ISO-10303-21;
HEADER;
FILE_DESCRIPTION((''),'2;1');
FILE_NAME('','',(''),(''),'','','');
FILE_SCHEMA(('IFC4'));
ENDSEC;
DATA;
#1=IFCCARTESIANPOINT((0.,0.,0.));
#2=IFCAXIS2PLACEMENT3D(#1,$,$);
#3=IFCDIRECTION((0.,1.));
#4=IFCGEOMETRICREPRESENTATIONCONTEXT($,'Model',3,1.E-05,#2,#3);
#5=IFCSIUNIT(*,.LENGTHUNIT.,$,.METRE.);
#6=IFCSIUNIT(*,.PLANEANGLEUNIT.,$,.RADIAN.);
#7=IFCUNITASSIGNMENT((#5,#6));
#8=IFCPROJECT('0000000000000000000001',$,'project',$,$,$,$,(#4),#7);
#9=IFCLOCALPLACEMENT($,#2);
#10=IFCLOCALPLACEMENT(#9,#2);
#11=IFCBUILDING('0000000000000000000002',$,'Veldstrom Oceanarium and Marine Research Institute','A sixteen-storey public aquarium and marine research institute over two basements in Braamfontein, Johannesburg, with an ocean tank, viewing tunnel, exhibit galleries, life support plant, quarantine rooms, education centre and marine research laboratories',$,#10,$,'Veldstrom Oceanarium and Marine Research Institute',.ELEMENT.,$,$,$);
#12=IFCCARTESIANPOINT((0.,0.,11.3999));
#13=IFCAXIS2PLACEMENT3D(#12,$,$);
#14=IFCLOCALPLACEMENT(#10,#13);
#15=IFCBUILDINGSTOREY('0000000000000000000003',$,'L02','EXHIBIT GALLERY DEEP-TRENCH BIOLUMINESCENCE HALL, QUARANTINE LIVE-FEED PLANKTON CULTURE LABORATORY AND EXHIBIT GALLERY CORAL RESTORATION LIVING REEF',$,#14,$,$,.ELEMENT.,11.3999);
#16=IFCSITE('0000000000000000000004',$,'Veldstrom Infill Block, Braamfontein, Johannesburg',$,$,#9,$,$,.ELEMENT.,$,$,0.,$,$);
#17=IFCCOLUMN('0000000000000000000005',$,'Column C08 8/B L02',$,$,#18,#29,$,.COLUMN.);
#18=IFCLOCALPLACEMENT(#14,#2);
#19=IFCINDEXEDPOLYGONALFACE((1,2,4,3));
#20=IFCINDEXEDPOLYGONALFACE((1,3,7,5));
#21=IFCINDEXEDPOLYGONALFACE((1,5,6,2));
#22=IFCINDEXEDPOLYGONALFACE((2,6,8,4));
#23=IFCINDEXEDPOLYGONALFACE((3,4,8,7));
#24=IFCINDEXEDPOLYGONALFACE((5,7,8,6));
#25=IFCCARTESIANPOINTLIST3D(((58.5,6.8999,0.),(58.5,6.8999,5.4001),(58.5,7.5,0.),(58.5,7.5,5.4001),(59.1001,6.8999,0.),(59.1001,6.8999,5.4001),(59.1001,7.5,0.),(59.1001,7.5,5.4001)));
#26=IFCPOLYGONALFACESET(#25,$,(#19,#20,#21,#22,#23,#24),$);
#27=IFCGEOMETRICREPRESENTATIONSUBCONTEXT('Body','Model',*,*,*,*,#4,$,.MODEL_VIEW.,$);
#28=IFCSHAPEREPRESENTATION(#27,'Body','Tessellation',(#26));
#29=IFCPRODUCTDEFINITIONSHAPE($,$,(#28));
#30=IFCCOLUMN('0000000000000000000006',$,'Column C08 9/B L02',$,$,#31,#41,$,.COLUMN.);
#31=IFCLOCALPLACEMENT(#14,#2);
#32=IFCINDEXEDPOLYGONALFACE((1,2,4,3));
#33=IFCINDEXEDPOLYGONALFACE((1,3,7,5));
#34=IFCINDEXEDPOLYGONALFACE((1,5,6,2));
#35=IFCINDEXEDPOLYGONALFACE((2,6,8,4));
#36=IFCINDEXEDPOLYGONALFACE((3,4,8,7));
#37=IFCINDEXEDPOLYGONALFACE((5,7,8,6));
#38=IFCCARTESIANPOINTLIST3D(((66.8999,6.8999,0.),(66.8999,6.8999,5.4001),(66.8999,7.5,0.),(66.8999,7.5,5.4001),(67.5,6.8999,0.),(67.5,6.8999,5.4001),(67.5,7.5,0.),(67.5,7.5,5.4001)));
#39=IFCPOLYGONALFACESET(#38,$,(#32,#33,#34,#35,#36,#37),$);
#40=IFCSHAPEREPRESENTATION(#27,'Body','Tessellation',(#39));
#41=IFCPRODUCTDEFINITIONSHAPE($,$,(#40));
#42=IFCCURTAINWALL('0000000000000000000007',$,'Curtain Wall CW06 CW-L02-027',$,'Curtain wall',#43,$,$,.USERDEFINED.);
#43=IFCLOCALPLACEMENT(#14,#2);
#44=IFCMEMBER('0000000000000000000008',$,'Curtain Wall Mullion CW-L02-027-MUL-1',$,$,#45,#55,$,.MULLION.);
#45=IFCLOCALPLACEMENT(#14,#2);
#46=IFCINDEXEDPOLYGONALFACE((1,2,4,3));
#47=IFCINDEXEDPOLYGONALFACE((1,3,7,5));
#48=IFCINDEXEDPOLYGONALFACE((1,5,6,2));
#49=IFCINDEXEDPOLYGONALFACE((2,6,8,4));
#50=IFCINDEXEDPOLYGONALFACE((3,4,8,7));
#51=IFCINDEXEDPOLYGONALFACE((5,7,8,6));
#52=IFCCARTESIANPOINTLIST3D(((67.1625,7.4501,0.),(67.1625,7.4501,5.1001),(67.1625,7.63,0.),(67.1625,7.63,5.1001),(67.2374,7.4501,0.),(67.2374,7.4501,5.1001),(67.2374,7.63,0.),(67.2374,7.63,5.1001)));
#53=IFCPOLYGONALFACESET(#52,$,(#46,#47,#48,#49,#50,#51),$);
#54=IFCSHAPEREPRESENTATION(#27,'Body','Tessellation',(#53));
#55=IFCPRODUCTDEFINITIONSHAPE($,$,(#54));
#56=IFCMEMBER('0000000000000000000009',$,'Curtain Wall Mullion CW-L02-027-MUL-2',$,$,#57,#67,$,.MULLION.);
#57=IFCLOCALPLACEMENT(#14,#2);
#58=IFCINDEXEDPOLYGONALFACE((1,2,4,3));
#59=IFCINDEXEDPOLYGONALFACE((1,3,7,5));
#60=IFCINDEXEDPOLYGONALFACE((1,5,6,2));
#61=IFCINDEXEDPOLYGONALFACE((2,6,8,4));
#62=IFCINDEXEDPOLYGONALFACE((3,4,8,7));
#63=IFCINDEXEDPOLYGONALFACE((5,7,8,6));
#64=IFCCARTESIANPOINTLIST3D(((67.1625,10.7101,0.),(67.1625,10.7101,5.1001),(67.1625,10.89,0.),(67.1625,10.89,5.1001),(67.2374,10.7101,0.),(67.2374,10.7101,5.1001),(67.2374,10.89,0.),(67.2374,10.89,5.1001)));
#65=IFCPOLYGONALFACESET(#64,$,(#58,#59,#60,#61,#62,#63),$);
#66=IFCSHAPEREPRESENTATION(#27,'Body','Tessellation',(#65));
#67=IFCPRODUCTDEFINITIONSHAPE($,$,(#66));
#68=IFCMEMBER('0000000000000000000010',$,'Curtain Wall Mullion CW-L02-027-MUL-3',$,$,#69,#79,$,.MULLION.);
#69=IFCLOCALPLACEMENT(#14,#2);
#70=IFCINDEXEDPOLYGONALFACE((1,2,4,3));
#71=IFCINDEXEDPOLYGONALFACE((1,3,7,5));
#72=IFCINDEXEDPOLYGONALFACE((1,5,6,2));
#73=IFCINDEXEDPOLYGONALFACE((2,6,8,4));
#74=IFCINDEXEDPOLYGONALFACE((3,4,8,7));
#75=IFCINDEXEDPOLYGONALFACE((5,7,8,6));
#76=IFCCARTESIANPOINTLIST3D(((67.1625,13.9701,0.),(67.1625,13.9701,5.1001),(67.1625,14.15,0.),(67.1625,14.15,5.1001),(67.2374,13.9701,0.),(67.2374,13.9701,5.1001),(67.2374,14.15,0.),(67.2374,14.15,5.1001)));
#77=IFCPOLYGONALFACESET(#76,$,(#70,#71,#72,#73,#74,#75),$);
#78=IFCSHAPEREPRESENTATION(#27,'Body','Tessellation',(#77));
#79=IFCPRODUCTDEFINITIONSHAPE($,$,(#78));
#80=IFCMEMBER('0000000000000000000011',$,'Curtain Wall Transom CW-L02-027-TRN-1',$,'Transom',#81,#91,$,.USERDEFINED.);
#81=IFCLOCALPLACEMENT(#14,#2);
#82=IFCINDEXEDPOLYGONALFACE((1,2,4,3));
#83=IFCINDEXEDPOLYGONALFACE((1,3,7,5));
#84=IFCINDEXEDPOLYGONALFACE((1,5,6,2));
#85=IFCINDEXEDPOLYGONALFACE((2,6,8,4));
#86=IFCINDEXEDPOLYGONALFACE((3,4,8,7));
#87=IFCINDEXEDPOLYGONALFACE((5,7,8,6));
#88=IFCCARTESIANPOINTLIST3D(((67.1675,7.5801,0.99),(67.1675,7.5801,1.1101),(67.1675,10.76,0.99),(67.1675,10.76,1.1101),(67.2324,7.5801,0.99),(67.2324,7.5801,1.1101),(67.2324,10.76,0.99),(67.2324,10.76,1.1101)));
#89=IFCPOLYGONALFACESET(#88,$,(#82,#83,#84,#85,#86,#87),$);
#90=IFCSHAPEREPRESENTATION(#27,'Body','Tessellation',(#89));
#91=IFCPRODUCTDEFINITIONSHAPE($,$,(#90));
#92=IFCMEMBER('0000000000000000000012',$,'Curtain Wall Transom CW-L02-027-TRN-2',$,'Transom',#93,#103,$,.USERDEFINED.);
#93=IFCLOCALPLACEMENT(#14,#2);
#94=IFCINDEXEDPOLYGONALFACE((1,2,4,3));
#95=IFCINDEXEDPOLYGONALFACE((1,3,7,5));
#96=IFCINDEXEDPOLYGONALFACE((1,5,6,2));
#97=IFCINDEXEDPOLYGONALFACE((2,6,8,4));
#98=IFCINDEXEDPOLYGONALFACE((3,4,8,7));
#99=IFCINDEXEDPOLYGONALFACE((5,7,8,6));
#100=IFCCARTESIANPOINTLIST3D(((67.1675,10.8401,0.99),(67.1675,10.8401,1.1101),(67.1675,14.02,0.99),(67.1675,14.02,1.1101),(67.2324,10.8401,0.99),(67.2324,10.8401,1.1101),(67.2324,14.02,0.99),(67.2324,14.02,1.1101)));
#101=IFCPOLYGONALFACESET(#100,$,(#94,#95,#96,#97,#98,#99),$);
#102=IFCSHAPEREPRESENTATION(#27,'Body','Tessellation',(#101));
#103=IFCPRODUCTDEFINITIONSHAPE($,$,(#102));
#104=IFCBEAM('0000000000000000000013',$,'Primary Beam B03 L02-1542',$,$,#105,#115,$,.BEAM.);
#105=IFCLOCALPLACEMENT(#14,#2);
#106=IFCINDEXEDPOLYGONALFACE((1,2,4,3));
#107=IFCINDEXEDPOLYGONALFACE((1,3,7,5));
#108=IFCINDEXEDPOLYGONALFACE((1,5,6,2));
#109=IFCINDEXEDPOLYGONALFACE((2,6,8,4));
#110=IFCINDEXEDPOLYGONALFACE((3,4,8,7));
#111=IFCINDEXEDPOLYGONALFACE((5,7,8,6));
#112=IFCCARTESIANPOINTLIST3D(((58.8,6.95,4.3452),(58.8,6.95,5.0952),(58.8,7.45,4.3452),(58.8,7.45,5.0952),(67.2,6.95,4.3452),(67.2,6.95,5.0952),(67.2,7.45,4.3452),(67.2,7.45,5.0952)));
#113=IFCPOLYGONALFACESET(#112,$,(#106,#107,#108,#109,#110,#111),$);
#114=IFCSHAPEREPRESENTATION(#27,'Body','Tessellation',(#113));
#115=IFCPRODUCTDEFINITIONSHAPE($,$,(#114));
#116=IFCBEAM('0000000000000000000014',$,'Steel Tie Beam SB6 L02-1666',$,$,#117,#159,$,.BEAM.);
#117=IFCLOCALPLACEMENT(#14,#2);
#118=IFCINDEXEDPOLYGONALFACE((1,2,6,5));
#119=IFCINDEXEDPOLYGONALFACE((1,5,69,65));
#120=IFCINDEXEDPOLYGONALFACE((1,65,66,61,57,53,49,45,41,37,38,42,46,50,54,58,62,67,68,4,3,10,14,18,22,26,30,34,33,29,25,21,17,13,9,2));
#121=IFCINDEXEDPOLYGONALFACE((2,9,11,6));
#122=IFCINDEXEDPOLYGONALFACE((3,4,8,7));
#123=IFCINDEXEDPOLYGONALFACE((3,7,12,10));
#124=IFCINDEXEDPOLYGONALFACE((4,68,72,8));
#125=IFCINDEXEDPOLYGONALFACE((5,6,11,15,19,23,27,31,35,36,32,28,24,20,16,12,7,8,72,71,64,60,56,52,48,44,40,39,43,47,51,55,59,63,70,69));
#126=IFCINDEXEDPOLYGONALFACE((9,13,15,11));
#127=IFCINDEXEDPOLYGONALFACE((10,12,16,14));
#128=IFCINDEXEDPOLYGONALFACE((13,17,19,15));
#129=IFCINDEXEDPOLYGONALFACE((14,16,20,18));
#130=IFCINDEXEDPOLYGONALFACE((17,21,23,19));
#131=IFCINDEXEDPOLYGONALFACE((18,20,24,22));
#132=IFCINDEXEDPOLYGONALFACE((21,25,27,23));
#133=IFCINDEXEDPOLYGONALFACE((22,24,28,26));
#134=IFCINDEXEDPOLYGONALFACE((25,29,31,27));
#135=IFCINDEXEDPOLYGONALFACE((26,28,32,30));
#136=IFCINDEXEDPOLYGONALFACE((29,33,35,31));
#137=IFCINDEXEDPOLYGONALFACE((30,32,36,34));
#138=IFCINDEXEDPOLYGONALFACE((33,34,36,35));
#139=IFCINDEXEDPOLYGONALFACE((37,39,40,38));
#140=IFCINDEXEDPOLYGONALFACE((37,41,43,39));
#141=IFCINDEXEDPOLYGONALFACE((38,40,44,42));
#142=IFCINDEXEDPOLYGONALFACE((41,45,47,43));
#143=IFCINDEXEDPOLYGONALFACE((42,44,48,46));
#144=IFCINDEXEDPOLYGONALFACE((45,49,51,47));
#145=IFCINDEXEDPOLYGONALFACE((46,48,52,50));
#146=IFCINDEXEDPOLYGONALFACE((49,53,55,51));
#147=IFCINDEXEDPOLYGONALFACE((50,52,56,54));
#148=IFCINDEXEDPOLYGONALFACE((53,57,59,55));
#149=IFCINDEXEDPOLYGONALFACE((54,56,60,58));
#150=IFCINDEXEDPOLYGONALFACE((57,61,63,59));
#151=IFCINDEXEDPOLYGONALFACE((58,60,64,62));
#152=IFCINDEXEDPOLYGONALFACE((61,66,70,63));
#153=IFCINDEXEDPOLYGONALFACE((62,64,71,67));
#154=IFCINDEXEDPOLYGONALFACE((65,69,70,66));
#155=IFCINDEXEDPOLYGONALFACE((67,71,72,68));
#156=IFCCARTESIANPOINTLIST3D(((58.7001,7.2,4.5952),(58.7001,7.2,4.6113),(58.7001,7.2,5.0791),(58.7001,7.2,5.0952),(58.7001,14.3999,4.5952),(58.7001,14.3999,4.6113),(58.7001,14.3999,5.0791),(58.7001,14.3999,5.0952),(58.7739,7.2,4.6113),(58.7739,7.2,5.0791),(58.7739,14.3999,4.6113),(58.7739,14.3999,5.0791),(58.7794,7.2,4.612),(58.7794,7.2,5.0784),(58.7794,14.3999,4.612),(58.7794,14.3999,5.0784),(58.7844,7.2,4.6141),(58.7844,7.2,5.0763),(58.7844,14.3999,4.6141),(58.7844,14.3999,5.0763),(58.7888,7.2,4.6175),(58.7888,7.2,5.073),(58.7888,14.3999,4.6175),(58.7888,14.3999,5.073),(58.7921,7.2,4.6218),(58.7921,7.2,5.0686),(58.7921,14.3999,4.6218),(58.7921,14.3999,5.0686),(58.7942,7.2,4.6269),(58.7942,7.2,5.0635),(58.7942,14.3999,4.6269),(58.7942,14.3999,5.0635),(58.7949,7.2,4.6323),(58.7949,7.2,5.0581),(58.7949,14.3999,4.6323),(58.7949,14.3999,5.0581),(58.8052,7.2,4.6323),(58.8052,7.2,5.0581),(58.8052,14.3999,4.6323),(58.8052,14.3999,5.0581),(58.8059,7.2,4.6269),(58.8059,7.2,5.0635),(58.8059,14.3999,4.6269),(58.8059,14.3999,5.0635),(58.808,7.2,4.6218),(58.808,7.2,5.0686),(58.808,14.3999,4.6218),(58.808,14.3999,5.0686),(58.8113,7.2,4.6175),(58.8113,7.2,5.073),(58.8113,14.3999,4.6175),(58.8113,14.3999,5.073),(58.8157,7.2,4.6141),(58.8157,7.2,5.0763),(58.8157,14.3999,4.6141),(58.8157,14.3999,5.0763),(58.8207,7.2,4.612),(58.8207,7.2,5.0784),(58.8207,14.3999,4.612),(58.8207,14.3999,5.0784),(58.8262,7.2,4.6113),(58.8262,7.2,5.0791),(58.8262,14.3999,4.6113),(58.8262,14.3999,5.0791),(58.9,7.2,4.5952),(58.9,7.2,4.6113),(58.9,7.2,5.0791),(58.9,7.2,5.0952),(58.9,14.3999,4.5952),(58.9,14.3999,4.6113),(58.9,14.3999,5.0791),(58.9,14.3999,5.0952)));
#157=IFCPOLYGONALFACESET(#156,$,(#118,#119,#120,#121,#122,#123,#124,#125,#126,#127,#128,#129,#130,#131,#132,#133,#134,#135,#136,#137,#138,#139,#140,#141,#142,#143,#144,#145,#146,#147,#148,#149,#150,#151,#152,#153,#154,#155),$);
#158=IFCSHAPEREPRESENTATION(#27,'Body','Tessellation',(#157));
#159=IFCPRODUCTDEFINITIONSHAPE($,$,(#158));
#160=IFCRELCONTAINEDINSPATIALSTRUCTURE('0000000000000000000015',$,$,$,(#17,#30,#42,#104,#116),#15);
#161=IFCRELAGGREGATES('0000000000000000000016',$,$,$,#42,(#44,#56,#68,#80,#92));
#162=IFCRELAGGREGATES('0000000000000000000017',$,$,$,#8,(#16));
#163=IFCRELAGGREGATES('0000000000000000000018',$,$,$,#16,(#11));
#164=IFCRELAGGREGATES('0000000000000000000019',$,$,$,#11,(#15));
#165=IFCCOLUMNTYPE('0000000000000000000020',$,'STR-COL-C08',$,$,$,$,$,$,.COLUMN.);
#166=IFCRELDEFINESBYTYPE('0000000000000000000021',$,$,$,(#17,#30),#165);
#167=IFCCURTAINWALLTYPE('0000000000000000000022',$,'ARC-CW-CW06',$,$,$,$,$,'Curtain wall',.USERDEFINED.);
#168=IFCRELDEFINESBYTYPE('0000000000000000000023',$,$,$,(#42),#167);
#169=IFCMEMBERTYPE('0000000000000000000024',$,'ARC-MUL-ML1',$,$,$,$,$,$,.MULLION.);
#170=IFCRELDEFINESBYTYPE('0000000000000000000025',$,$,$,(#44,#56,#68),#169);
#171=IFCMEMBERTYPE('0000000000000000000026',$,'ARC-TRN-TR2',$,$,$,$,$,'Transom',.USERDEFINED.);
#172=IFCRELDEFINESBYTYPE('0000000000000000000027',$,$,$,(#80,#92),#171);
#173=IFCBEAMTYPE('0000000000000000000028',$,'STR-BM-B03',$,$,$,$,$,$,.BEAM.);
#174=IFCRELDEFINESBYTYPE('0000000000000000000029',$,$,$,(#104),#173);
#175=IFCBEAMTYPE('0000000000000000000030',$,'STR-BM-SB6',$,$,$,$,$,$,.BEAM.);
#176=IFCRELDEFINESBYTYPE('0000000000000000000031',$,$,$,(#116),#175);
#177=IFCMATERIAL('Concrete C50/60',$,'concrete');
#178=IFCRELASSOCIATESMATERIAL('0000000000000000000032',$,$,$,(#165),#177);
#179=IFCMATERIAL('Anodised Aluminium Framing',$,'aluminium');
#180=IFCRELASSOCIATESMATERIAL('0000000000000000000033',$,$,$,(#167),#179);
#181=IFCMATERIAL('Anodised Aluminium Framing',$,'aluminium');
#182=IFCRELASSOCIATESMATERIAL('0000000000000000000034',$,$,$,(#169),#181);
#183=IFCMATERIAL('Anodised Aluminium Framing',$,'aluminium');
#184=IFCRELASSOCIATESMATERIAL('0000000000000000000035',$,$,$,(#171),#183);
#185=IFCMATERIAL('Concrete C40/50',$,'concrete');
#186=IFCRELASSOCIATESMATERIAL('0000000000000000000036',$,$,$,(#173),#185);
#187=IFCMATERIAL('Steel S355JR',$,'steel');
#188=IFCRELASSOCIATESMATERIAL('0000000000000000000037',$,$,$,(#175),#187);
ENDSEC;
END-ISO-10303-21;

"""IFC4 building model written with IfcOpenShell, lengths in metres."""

from ifc_helpers import new_model, si_unit, direction, frame, origin, origin_2d, place, context, subcontext, project, spatial, rectangle, i_section, extrude, material, material_profile, profile_set, type_object, element, aggregate, save


model = new_model("IFC4")

# Units and contexts
model_context = context("Model", 3, precision=1e-05, world=origin(), true_north=direction((0.0, 1.0)))
body_context = subcontext(model_context, "Body", "Model", "MODEL_VIEW")
ifc_project = project(units=[si_unit("LENGTHUNIT", "METRE"), si_unit("PLANEANGLEUNIT", "RADIAN")], contexts=[model_context])

# Site, building, storey
site_placement = place(None, origin())
site = spatial("IfcSite", under=ifc_project, at=site_placement, Name="Veldstrom Infill Block, Braamfontein, Johannesburg", CompositionType="ELEMENT", RefElevation=0.0)
building_placement = place(site_placement, origin())
building = spatial("IfcBuilding", under=site, at=building_placement, Name="Veldstrom Oceanarium and Marine Research Institute", Description="A sixteen-storey public aquarium and marine research institute over two basements in Braamfontein, Johannesburg, with an ocean tank, viewing tunnel, exhibit galleries, life support plant, quarantine rooms, education centre and marine research laboratories", LongName="Veldstrom Oceanarium and Marine Research Institute", CompositionType="ELEMENT")
storey_placement = place(building_placement, frame((0.0, 0.0, 11.3999)))
storey = spatial("IfcBuildingStorey", under=building, at=storey_placement, Name="L02", Description="EXHIBIT GALLERY DEEP-TRENCH BIOLUMINESCENCE HALL, QUARANTINE LIVE-FEED PLANKTON CULTURE LABORATORY AND EXHIBIT GALLERY CORAL RESTORATION LIVING REEF", CompositionType="ELEMENT", Elevation=11.3999)

# Columns
ifc_material_1 = material(Name="Concrete C50/60", Category="concrete")
ifc_material_profile_1 = material_profile(ifc_material_1, rectangle(XDim=0.6001, YDim=0.6001, at=origin_2d()), Name="RC-COL-600x600")
ifc_profile_set_1 = profile_set([ifc_material_profile_1], Name="Concrete C50/60")
column_type = type_object("IfcColumnType", Name="STR-COL-C08", PredefinedType="COLUMN", material=ifc_profile_set_1)
for number, where, z_axis, x_axis, name in (
    (1, (58.8, 7.2, 0.0), (0.0, 0.0, 1.0), (1.0, 0.0, 0.0), "Column C08 8/B L02"),
    (2, (67.2, 7.2, 0.0), (0.0, 0.0, 1.0), (1.0, 0.0, 0.0), "Column C08 9/B L02"),
):
    element("IfcColumn", number, at=place(storey_placement, frame(where, z_axis=z_axis, x_axis=x_axis)), inside=storey, type_object=column_type, Name=name, PredefinedType="COLUMN", context=body_context, shape_type="SweptSolid", body=[
        extrude(rectangle(XDim=0.6001, YDim=0.6001, at=origin_2d()), origin(), (0.0, 0.0, 1.0), 5.4001),
    ])

# Curtain wall, members
ifc_material_2 = material(Name="Anodised Aluminium Framing", Category="aluminium")
curtain_wall_type = type_object("IfcCurtainWallType", Name="ARC-CW-CW06", ElementType="Curtain wall", PredefinedType="USERDEFINED", material=ifc_material_2)
curtain_wall_placement = place(storey_placement, origin())
curtain_wall = element("IfcCurtainWall", 3, at=curtain_wall_placement, inside=storey, type_object=curtain_wall_type, Name="Curtain Wall CW06 CW-L02-027", ObjectType="Curtain wall", PredefinedType="USERDEFINED")
ifc_material_3 = material(Name="Anodised Aluminium Framing", Category="aluminium")
ifc_material_profile_2 = material_profile(ifc_material_3, rectangle(XDim=0.075, YDim=0.1799, at=origin_2d()), Name="ALU-MUL-75x180")
ifc_profile_set_2 = profile_set([ifc_material_profile_2], Name="Anodised Aluminium Framing")
member_type_1 = type_object("IfcMemberType", Name="ARC-MUL-ML1", PredefinedType="MULLION", material=ifc_profile_set_2)
member_1_placement = place(storey_placement, frame((67.2, 7.54, 0.0), z_axis=(0.0, 0.0, 1.0), x_axis=(1.0, 0.0, 0.0)))
member_1 = element("IfcMember", 4, at=member_1_placement, type_object=member_type_1, Name="Curtain Wall Mullion CW-L02-027-MUL-1", PredefinedType="MULLION", context=body_context, shape_type="SweptSolid", body=[
    extrude(rectangle(XDim=0.075, YDim=0.1799, at=origin_2d()), origin(), (0.0, 0.0, 1.0), 5.1001),
])
member_2_placement = place(storey_placement, frame((67.2, 10.8, 0.0), z_axis=(0.0, 0.0, 1.0), x_axis=(1.0, 0.0, 0.0)))
member_2 = element("IfcMember", 5, at=member_2_placement, type_object=member_type_1, Name="Curtain Wall Mullion CW-L02-027-MUL-2", PredefinedType="MULLION", context=body_context, shape_type="SweptSolid", body=[
    extrude(rectangle(XDim=0.075, YDim=0.1799, at=origin_2d()), origin(), (0.0, 0.0, 1.0), 5.1001),
])
member_3_placement = place(storey_placement, frame((67.2, 14.0601, 0.0), z_axis=(0.0, 0.0, 1.0), x_axis=(1.0, 0.0, 0.0)))
member_3 = element("IfcMember", 6, at=member_3_placement, type_object=member_type_1, Name="Curtain Wall Mullion CW-L02-027-MUL-3", PredefinedType="MULLION", context=body_context, shape_type="SweptSolid", body=[
    extrude(rectangle(XDim=0.075, YDim=0.1799, at=origin_2d()), origin(), (0.0, 0.0, 1.0), 5.1001),
])
ifc_material_4 = material(Name="Anodised Aluminium Framing", Category="aluminium")
ifc_material_profile_3 = material_profile(ifc_material_4, rectangle(XDim=0.0649, YDim=0.1201, at=origin_2d()), Name="ALU-TRN-65x120")
ifc_profile_set_3 = profile_set([ifc_material_profile_3], Name="Anodised Aluminium Framing")
member_type_2 = type_object("IfcMemberType", Name="ARC-TRN-TR2", ElementType="Transom", PredefinedType="USERDEFINED", material=ifc_profile_set_3)
member_4_placement = place(storey_placement, frame((67.2, 7.5801, 1.05), z_axis=(0.0, 1.0, 0.0), x_axis=(-1.0, 0.0, 0.0)))
member_4 = element("IfcMember", 7, at=member_4_placement, type_object=member_type_2, Name="Curtain Wall Transom CW-L02-027-TRN-1", ObjectType="Transom", PredefinedType="USERDEFINED", context=body_context, shape_type="SweptSolid", body=[
    extrude(rectangle(XDim=0.0649, YDim=0.1201, at=origin_2d()), origin(), (0.0, 0.0, 1.0), 3.1799),
])
member_5_placement = place(storey_placement, frame((67.2, 10.8401, 1.05), z_axis=(0.0, 1.0, 0.0), x_axis=(-1.0, 0.0, 0.0)))
member_5 = element("IfcMember", 8, at=member_5_placement, type_object=member_type_2, Name="Curtain Wall Transom CW-L02-027-TRN-2", ObjectType="Transom", PredefinedType="USERDEFINED", context=body_context, shape_type="SweptSolid", body=[
    extrude(rectangle(XDim=0.0649, YDim=0.1201, at=origin_2d()), origin(), (0.0, 0.0, 1.0), 3.1799),
])

# Beams
ifc_material_5 = material(Name="Concrete C40/50", Category="concrete")
ifc_material_profile_4 = material_profile(ifc_material_5, rectangle(XDim=0.5, YDim=0.75, at=origin_2d()), Name="RC-BM-500x750")
ifc_profile_set_4 = profile_set([ifc_material_profile_4], Name="Concrete C40/50")
beam_type_1 = type_object("IfcBeamType", Name="STR-BM-B03", PredefinedType="BEAM", material=ifc_profile_set_4)
beam_1_placement = place(storey_placement, frame((58.8, 7.2, 4.7202), z_axis=(1.0, 0.0, 0.0), x_axis=(0.0, 1.0, 0.0)))
element("IfcBeam", 9, at=beam_1_placement, inside=storey, type_object=beam_type_1, Name="Primary Beam B03 L02-1542", PredefinedType="BEAM", context=body_context, shape_type="SweptSolid", body=[
    extrude(rectangle(XDim=0.5, YDim=0.75, at=origin_2d()), origin(), (0.0, 0.0, 1.0), 8.3999),
])
ifc_material_6 = material(Name="Steel S355JR", Category="steel")
ifc_material_profile_5 = material_profile(ifc_material_6, i_section(OverallWidth=0.2, OverallDepth=0.5, WebThickness=0.0103, FlangeThickness=0.0161, FilletRadius=0.021, at=origin_2d()), Name="IPE 500")
ifc_profile_set_5 = profile_set([ifc_material_profile_5], Name="Steel S355JR")
beam_type_2 = type_object("IfcBeamType", Name="STR-BM-SB6", PredefinedType="BEAM", material=ifc_profile_set_5)
beam_2_placement = place(storey_placement, frame((58.8, 7.2, 4.8452), z_axis=(0.0, 1.0, 0.0), x_axis=(-1.0, 0.0, 0.0)))
element("IfcBeam", 10, at=beam_2_placement, inside=storey, type_object=beam_type_2, Name="Steel Tie Beam SB6 L02-1666", PredefinedType="BEAM", context=body_context, shape_type="SweptSolid", body=[
    extrude(i_section(OverallWidth=0.2, OverallDepth=0.5, WebThickness=0.0103, FlangeThickness=0.0161, FilletRadius=0.021, at=origin_2d()), origin(), (0.0, 0.0, 1.0), 7.2),
])

aggregate(curtain_wall, [member_1, member_2, member_3, member_4, member_5])

save(model, "model.ifc")
